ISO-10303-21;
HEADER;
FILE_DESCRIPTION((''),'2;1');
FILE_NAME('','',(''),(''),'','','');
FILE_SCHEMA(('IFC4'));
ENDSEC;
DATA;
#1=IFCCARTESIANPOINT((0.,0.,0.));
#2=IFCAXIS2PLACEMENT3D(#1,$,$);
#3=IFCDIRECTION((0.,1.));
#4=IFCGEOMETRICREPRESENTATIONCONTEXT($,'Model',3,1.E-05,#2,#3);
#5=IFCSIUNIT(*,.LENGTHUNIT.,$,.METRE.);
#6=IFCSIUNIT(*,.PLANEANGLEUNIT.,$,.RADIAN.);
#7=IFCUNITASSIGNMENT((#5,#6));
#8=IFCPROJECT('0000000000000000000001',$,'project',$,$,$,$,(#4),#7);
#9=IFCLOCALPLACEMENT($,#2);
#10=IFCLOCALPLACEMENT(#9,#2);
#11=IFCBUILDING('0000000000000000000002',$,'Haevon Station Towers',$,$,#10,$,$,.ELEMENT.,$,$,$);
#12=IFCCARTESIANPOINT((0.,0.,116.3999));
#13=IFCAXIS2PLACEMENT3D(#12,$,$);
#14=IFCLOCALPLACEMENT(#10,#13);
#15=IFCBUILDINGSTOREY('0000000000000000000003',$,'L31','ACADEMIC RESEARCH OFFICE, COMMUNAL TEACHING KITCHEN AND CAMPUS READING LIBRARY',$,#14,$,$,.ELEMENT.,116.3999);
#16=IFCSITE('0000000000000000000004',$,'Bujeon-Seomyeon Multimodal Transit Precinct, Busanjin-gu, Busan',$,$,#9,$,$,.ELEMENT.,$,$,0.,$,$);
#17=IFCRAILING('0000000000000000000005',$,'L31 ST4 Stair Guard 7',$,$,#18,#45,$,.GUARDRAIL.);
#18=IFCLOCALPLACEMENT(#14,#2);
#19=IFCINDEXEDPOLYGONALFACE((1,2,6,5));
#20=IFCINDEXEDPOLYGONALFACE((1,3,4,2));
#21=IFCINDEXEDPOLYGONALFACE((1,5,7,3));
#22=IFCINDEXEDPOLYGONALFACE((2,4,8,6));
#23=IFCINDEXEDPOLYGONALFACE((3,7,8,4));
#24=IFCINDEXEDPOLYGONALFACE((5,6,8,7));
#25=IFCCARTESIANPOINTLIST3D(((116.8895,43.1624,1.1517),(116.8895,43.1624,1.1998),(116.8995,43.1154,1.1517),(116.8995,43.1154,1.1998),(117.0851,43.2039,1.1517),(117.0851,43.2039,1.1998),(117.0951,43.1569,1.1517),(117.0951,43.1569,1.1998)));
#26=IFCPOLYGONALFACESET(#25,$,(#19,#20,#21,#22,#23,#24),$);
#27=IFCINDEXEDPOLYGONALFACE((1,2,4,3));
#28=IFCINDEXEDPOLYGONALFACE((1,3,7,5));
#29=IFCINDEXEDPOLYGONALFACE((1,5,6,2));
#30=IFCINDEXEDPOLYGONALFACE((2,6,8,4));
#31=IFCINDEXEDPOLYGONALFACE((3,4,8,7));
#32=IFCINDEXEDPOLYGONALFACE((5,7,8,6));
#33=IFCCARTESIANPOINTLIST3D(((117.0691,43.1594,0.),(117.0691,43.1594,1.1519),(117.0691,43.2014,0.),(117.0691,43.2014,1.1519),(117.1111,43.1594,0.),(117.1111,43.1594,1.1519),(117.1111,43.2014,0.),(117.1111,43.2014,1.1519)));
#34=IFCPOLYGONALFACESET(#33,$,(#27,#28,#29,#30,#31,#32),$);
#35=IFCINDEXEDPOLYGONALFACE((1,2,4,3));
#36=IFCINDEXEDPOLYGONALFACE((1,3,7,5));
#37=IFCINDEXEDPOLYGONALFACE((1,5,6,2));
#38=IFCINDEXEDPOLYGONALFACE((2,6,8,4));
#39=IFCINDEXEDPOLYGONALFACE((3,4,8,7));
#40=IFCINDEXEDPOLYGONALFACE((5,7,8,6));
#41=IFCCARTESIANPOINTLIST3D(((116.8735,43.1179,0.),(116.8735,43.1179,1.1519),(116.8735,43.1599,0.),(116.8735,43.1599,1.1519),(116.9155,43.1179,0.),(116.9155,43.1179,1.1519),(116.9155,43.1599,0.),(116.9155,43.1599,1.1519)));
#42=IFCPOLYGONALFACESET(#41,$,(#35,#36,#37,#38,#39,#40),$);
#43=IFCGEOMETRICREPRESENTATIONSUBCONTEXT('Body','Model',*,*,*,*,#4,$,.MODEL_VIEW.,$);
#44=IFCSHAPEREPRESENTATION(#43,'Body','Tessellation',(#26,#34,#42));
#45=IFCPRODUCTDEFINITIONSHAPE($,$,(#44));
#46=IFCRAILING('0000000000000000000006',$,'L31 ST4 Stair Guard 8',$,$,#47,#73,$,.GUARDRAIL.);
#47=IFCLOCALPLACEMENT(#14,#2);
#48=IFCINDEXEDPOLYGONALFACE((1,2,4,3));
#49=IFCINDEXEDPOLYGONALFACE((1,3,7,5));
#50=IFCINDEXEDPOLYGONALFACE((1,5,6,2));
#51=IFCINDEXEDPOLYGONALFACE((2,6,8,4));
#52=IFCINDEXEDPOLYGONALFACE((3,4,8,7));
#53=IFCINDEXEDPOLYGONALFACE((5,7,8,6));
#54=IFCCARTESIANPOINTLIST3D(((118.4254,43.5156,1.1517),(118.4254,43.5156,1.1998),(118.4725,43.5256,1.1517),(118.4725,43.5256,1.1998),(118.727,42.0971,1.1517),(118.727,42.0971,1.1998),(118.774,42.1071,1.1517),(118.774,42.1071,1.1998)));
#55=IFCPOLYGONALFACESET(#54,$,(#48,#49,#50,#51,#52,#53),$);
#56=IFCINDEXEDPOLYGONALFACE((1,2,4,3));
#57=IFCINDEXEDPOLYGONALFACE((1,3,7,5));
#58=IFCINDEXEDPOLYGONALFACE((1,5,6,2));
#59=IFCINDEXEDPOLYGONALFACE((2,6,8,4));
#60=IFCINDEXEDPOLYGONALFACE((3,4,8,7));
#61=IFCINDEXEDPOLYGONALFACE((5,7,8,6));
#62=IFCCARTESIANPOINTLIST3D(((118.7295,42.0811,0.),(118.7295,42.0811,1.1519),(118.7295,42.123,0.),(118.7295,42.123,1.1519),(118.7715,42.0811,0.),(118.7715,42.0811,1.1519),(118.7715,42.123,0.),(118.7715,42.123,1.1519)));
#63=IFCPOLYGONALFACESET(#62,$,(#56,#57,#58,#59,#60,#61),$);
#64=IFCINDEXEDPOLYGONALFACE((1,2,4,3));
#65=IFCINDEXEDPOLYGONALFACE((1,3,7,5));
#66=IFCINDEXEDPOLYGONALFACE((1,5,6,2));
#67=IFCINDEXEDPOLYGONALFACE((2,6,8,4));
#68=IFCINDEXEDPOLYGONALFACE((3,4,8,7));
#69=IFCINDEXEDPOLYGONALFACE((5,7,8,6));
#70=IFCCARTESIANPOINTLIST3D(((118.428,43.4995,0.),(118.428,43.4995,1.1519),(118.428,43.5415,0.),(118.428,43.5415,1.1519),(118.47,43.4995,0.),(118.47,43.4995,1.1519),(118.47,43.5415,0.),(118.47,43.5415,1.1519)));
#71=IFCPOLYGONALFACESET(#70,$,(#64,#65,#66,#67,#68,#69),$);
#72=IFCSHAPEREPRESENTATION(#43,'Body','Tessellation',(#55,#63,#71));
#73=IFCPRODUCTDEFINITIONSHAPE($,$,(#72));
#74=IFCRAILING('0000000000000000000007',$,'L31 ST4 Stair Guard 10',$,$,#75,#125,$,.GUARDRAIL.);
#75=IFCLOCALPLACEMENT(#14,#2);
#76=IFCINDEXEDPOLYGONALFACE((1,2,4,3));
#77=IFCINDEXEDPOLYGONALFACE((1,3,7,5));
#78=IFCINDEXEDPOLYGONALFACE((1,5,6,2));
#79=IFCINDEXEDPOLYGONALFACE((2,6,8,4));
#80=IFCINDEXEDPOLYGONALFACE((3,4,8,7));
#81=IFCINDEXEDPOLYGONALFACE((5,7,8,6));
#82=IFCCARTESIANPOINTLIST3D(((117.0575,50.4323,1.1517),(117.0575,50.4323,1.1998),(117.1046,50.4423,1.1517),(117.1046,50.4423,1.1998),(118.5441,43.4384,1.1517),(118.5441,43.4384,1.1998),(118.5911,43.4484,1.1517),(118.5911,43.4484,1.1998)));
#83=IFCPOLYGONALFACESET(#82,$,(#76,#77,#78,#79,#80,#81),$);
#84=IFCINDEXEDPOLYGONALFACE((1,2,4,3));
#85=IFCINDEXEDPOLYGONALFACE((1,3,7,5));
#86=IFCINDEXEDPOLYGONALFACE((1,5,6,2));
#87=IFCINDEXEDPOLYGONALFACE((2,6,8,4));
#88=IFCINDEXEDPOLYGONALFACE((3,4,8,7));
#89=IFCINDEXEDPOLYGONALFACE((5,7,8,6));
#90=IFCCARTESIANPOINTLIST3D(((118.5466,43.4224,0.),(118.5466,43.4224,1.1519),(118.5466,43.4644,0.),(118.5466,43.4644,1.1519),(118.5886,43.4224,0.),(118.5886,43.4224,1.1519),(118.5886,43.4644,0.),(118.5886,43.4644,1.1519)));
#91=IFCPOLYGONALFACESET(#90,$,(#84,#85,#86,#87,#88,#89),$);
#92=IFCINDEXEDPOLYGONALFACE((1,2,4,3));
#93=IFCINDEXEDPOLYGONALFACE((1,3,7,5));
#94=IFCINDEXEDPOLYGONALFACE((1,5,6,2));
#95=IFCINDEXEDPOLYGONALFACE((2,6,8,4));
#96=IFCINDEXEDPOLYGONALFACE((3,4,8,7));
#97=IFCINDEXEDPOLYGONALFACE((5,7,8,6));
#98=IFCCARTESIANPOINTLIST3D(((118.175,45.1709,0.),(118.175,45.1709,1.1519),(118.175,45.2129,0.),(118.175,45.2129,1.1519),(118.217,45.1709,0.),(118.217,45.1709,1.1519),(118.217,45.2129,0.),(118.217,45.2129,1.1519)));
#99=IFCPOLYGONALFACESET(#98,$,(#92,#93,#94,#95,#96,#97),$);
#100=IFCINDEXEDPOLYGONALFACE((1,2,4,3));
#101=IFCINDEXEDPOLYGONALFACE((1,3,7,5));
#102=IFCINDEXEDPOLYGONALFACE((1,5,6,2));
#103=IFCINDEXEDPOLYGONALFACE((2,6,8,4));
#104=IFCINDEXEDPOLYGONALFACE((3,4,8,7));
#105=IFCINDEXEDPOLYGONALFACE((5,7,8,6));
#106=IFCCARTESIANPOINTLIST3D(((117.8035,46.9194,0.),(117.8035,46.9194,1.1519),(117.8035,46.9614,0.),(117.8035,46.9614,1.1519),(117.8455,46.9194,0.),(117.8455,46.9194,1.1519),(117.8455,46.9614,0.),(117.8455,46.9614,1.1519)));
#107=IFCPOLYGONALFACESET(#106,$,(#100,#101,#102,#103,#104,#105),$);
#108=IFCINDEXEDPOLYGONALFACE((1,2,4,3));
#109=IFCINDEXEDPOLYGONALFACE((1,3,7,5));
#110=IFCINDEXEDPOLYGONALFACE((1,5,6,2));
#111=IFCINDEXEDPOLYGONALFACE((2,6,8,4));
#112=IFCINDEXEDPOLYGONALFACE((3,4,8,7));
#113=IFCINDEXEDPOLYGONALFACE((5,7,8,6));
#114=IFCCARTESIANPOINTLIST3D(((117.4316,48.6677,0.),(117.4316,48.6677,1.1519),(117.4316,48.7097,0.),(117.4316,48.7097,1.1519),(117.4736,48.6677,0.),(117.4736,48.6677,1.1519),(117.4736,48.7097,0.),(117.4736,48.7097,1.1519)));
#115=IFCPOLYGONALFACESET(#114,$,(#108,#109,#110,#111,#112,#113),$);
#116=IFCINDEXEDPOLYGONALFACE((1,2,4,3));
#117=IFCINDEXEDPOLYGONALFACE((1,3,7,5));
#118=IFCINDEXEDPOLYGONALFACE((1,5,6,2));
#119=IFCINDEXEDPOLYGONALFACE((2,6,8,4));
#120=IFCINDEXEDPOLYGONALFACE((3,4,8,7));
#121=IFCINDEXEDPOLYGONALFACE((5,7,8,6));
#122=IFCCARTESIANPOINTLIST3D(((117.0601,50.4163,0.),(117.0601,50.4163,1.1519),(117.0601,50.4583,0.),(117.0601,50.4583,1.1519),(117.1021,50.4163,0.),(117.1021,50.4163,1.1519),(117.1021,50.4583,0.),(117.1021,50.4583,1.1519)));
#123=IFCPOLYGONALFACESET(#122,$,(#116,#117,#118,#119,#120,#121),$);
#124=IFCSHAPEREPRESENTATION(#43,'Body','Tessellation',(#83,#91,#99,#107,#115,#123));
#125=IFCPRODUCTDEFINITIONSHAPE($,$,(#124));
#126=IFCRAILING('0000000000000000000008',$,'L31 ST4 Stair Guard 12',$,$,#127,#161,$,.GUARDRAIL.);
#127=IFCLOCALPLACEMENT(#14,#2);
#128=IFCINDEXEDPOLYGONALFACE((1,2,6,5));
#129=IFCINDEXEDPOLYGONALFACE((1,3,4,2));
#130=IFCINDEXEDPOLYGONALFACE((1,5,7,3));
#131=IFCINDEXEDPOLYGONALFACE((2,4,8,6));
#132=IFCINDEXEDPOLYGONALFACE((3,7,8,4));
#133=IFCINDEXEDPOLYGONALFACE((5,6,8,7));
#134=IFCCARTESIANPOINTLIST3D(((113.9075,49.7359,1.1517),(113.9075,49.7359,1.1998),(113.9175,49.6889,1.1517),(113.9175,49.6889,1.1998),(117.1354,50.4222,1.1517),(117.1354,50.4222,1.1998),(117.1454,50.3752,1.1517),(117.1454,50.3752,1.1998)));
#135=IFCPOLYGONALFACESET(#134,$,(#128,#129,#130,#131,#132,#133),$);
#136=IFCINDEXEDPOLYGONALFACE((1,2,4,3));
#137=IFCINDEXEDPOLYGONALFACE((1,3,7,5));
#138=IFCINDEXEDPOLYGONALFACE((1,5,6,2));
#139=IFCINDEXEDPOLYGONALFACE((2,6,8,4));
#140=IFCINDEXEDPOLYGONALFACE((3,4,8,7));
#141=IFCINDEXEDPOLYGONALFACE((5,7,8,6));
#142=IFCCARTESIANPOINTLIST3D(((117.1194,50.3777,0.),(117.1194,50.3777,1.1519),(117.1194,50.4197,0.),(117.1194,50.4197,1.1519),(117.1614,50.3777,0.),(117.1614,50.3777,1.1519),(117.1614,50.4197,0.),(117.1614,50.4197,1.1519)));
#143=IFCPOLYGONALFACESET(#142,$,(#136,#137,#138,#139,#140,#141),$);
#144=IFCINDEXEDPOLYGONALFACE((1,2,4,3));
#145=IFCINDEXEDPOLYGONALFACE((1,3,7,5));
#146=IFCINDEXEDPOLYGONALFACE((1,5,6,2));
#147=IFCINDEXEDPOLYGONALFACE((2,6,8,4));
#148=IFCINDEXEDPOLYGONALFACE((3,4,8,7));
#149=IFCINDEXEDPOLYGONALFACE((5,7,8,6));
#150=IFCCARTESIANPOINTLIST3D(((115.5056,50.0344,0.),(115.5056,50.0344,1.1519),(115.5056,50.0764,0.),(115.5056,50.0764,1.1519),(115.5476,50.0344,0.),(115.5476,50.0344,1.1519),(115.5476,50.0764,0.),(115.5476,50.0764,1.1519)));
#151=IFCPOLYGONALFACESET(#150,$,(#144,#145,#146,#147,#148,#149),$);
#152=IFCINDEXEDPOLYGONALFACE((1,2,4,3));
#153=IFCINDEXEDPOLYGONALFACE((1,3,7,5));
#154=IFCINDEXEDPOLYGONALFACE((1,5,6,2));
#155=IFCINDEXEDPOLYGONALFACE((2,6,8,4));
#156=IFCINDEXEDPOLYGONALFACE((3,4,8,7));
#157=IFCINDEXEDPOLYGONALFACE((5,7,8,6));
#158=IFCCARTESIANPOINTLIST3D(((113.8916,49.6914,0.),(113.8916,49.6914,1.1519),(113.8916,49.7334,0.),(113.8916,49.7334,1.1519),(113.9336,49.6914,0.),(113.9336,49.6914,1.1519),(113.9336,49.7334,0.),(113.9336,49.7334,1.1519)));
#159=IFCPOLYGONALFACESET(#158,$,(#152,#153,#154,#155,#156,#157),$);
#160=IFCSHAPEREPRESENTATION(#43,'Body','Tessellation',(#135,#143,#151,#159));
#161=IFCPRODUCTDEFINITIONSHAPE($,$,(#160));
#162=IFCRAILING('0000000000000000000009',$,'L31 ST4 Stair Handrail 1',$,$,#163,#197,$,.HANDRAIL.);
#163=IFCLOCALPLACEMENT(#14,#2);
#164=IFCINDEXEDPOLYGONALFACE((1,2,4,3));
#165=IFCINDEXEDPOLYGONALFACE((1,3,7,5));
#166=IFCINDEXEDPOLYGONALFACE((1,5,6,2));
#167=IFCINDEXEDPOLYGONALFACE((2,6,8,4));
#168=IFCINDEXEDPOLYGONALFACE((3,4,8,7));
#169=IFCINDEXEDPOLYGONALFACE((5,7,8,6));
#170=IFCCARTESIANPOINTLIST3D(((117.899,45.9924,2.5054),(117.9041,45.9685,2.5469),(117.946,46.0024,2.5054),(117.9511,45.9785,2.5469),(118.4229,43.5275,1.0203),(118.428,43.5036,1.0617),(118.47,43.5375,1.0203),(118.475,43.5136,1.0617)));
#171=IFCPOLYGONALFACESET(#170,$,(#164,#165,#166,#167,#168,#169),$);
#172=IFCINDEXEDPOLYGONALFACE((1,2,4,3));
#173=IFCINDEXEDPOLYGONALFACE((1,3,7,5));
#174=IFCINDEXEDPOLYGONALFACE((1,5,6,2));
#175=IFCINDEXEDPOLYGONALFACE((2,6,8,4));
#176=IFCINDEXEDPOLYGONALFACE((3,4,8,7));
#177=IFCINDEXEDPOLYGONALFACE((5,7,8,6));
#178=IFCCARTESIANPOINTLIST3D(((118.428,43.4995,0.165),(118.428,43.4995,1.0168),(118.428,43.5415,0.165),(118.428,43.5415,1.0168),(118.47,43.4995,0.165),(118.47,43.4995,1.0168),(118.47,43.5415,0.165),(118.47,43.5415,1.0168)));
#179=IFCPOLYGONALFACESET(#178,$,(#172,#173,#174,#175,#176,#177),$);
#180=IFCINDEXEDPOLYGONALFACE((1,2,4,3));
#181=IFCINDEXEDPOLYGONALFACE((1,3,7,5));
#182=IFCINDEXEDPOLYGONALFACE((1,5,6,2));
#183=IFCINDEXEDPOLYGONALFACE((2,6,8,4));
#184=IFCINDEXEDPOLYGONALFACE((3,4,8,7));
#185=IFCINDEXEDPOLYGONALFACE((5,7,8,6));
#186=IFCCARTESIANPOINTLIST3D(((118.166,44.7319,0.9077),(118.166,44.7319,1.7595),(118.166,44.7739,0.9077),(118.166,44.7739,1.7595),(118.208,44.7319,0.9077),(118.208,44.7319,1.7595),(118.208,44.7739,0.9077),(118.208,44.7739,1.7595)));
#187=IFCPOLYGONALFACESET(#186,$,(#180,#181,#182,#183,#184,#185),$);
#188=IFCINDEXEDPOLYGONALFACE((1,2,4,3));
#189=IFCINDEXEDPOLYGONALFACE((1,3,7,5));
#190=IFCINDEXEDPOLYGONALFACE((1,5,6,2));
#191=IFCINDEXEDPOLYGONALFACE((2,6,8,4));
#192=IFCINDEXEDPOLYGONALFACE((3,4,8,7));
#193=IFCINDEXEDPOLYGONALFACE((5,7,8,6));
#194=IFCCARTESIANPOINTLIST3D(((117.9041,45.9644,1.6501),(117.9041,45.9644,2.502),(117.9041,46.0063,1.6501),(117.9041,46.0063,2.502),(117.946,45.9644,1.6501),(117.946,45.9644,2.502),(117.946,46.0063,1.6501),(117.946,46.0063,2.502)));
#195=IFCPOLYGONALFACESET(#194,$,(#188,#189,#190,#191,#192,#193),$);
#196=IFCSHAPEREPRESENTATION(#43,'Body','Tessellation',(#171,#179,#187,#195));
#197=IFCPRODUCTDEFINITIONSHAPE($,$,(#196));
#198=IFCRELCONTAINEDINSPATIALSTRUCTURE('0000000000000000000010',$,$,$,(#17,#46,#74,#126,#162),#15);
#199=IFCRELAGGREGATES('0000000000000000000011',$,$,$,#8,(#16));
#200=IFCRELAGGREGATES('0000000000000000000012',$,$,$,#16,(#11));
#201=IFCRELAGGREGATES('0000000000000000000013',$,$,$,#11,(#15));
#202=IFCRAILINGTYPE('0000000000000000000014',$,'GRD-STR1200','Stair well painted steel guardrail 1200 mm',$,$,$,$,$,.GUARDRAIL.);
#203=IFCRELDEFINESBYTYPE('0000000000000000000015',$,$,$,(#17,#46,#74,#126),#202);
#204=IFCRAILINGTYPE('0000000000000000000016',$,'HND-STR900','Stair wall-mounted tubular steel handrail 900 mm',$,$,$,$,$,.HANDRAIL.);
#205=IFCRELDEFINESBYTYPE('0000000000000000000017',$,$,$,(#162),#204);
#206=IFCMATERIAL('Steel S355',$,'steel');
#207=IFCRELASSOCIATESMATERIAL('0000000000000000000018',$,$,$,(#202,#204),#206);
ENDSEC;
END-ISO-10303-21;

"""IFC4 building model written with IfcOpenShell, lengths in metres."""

from ifc_helpers import new_model, si_unit, direction, frame, origin, origin_2d, place, context, subcontext, project, spatial, rectangle, extrude, material, type_object, element, save


model = new_model("IFC4")

# Units and contexts
model_context = context("Model", 3, precision=1e-05, world=origin(), true_north=direction((0.0, 1.0)))
body_context = subcontext(model_context, "Body", "Model", "MODEL_VIEW")
ifc_project = project(units=[si_unit("LENGTHUNIT", "METRE"), si_unit("PLANEANGLEUNIT", "RADIAN")], contexts=[model_context])

# Site, building, storey
site_placement = place(None, origin())
site = spatial("IfcSite", under=ifc_project, at=site_placement, Name="Bujeon-Seomyeon Multimodal Transit Precinct, Busanjin-gu, Busan", CompositionType="ELEMENT", RefElevation=0.0)
building_placement = place(site_placement, origin())
building = spatial("IfcBuilding", under=site, at=building_placement, Name="Haevon Station Towers", CompositionType="ELEMENT")
storey_placement = place(building_placement, frame((0.0, 0.0, 116.3999)))
storey = spatial("IfcBuildingStorey", under=building, at=storey_placement, Name="L31", Description="ACADEMIC RESEARCH OFFICE, COMMUNAL TEACHING KITCHEN AND CAMPUS READING LIBRARY", CompositionType="ELEMENT", Elevation=116.3999)

# Shared definitions
ifc_material_1 = material(Name="Steel S355", Category="steel")

# Railings
railing_type_1 = type_object("IfcRailingType", Name="GRD-STR1200", Description="Stair well painted steel guardrail 1200 mm", PredefinedType="GUARDRAIL", material=ifc_material_1)
railing_1_placement = place(storey_placement, frame((117.0901, 43.1804, 0.0)))
element("IfcRailing", 1, at=railing_1_placement, inside=storey, type_object=railing_type_1, Name="L31 ST4 Stair Guard 7", PredefinedType="GUARDRAIL", context=body_context, shape_type="SweptSolid", body=[
    extrude(rectangle(XDim=0.0481, YDim=0.0481, at=origin_2d()), frame((0.0, 0.0, 1.1758), z_axis=(-0.978212, -0.20761, 0.0), x_axis=(0.20761, -0.978212, 0.0)), (0.0, 0.0, 1.0), 0.2),
    extrude(rectangle(XDim=0.042, YDim=0.042, at=origin_2d()), origin(), (0.0, 0.0, 1.0), 1.1519),
    extrude(rectangle(XDim=0.042, YDim=0.042, at=origin_2d()), frame((-0.1956, -0.0415, 0.0)), (0.0, 0.0, 1.0), 1.1519),
])
railing_2_placement = place(storey_placement, frame((118.7505, 42.1021, 0.0)))
element("IfcRailing", 2, at=railing_2_placement, inside=storey, type_object=railing_type_1, Name="L31 ST4 Stair Guard 8", PredefinedType="GUARDRAIL", context=body_context, shape_type="SweptSolid", body=[
    extrude(rectangle(XDim=0.0481, YDim=0.0481, at=origin_2d()), frame((0.0, 0.0, 1.1758), z_axis=(-0.207919, 0.978146, 0.0), x_axis=(-0.978146, -0.207919, 0.0)), (0.0, 0.0, 1.0), 1.4502),
    extrude(rectangle(XDim=0.042, YDim=0.042, at=origin_2d()), origin(), (0.0, 0.0, 1.0), 1.1519),
    extrude(rectangle(XDim=0.042, YDim=0.042, at=origin_2d()), frame((-0.3015, 1.4185, 0.0)), (0.0, 0.0, 1.0), 1.1519),
])
railing_3_placement = place(storey_placement, frame((118.5676, 43.4434, 0.0)))
element("IfcRailing", 3, at=railing_3_placement, inside=storey, type_object=railing_type_1, Name="L31 ST4 Stair Guard 10", PredefinedType="GUARDRAIL", context=body_context, shape_type="SweptSolid", body=[
    extrude(rectangle(XDim=0.0481, YDim=0.0481, at=origin_2d()), frame((0.0, 0.0, 1.1758), z_axis=(-0.207908, 0.978148, 0.0), x_axis=(-0.978148, -0.207908, 0.0)), (0.0, 0.0, 1.0), 7.1501),
    extrude(rectangle(XDim=0.042, YDim=0.042, at=origin_2d()), origin(), (0.0, 0.0, 1.0), 1.1519),
    extrude(rectangle(XDim=0.042, YDim=0.042, at=origin_2d()), frame((-0.3716, 1.7485, 0.0)), (0.0, 0.0, 1.0), 1.1519),
    extrude(rectangle(XDim=0.042, YDim=0.042, at=origin_2d()), frame((-0.7432, 3.4971, 0.0)), (0.0, 0.0, 1.0), 1.1519),
    extrude(rectangle(XDim=0.042, YDim=0.042, at=origin_2d()), frame((-1.115, 5.2454, 0.0)), (0.0, 0.0, 1.0), 1.1519),
    extrude(rectangle(XDim=0.042, YDim=0.042, at=origin_2d()), frame((-1.4866, 6.9939, 0.0)), (0.0, 0.0, 1.0), 1.1519),
])
railing_4_placement = place(storey_placement, frame((117.1404, 50.3987, 0.0)))
element("IfcRailing", 4, at=railing_4_placement, inside=storey, type_object=railing_type_1, Name="L31 ST4 Stair Guard 12", PredefinedType="GUARDRAIL", context=body_context, shape_type="SweptSolid", body=[
    extrude(rectangle(XDim=0.0481, YDim=0.0481, at=origin_2d()), frame((0.0, 0.0, 1.1758), z_axis=(-0.978136, -0.207968, 0.0), x_axis=(0.207968, -0.978136, 0.0)), (0.0, 0.0, 1.0), 3.3),
    extrude(rectangle(XDim=0.042, YDim=0.042, at=origin_2d()), origin(), (0.0, 0.0, 1.0), 1.1519),
    extrude(rectangle(XDim=0.042, YDim=0.042, at=origin_2d()), frame((-1.6138, -0.3433, 0.0)), (0.0, 0.0, 1.0), 1.1519),
    extrude(rectangle(XDim=0.042, YDim=0.042, at=origin_2d()), frame((-3.2278, -0.6863, 0.0)), (0.0, 0.0, 1.0), 1.1519),
])
railing_type_2 = type_object("IfcRailingType", Name="HND-STR900", Description="Stair wall-mounted tubular steel handrail 900 mm", PredefinedType="HANDRAIL", material=ifc_material_1)
railing_5_placement = place(storey_placement, frame((118.449, 43.5205, 0.165)))
element("IfcRailing", 5, at=railing_5_placement, inside=storey, type_object=railing_type_2, Name="L31 ST4 Stair Handrail 1", PredefinedType="HANDRAIL", context=body_context, shape_type="SweptSolid", body=[
    extrude(rectangle(XDim=0.0481, YDim=0.0481, at=origin_2d()), frame((0.0, 0.0, 0.876), z_axis=(-0.179121, 0.842688, 0.507733), x_axis=(-0.978147, -0.207914, 0.0)), (0.0, 0.0, 1.0), 2.925),
    extrude(rectangle(XDim=0.042, YDim=0.042, at=origin_2d()), origin(), (0.0, 0.0, 1.0), 0.8518),
    extrude(rectangle(XDim=0.042, YDim=0.042, at=origin_2d()), frame((-0.262, 1.2324, 0.7427)), (0.0, 0.0, 1.0), 0.8518),
    extrude(rectangle(XDim=0.042, YDim=0.042, at=origin_2d()), frame((-0.5239, 2.4648, 1.4851)), (0.0, 0.0, 1.0), 0.8518),
])

save(model, "model.ifc")
